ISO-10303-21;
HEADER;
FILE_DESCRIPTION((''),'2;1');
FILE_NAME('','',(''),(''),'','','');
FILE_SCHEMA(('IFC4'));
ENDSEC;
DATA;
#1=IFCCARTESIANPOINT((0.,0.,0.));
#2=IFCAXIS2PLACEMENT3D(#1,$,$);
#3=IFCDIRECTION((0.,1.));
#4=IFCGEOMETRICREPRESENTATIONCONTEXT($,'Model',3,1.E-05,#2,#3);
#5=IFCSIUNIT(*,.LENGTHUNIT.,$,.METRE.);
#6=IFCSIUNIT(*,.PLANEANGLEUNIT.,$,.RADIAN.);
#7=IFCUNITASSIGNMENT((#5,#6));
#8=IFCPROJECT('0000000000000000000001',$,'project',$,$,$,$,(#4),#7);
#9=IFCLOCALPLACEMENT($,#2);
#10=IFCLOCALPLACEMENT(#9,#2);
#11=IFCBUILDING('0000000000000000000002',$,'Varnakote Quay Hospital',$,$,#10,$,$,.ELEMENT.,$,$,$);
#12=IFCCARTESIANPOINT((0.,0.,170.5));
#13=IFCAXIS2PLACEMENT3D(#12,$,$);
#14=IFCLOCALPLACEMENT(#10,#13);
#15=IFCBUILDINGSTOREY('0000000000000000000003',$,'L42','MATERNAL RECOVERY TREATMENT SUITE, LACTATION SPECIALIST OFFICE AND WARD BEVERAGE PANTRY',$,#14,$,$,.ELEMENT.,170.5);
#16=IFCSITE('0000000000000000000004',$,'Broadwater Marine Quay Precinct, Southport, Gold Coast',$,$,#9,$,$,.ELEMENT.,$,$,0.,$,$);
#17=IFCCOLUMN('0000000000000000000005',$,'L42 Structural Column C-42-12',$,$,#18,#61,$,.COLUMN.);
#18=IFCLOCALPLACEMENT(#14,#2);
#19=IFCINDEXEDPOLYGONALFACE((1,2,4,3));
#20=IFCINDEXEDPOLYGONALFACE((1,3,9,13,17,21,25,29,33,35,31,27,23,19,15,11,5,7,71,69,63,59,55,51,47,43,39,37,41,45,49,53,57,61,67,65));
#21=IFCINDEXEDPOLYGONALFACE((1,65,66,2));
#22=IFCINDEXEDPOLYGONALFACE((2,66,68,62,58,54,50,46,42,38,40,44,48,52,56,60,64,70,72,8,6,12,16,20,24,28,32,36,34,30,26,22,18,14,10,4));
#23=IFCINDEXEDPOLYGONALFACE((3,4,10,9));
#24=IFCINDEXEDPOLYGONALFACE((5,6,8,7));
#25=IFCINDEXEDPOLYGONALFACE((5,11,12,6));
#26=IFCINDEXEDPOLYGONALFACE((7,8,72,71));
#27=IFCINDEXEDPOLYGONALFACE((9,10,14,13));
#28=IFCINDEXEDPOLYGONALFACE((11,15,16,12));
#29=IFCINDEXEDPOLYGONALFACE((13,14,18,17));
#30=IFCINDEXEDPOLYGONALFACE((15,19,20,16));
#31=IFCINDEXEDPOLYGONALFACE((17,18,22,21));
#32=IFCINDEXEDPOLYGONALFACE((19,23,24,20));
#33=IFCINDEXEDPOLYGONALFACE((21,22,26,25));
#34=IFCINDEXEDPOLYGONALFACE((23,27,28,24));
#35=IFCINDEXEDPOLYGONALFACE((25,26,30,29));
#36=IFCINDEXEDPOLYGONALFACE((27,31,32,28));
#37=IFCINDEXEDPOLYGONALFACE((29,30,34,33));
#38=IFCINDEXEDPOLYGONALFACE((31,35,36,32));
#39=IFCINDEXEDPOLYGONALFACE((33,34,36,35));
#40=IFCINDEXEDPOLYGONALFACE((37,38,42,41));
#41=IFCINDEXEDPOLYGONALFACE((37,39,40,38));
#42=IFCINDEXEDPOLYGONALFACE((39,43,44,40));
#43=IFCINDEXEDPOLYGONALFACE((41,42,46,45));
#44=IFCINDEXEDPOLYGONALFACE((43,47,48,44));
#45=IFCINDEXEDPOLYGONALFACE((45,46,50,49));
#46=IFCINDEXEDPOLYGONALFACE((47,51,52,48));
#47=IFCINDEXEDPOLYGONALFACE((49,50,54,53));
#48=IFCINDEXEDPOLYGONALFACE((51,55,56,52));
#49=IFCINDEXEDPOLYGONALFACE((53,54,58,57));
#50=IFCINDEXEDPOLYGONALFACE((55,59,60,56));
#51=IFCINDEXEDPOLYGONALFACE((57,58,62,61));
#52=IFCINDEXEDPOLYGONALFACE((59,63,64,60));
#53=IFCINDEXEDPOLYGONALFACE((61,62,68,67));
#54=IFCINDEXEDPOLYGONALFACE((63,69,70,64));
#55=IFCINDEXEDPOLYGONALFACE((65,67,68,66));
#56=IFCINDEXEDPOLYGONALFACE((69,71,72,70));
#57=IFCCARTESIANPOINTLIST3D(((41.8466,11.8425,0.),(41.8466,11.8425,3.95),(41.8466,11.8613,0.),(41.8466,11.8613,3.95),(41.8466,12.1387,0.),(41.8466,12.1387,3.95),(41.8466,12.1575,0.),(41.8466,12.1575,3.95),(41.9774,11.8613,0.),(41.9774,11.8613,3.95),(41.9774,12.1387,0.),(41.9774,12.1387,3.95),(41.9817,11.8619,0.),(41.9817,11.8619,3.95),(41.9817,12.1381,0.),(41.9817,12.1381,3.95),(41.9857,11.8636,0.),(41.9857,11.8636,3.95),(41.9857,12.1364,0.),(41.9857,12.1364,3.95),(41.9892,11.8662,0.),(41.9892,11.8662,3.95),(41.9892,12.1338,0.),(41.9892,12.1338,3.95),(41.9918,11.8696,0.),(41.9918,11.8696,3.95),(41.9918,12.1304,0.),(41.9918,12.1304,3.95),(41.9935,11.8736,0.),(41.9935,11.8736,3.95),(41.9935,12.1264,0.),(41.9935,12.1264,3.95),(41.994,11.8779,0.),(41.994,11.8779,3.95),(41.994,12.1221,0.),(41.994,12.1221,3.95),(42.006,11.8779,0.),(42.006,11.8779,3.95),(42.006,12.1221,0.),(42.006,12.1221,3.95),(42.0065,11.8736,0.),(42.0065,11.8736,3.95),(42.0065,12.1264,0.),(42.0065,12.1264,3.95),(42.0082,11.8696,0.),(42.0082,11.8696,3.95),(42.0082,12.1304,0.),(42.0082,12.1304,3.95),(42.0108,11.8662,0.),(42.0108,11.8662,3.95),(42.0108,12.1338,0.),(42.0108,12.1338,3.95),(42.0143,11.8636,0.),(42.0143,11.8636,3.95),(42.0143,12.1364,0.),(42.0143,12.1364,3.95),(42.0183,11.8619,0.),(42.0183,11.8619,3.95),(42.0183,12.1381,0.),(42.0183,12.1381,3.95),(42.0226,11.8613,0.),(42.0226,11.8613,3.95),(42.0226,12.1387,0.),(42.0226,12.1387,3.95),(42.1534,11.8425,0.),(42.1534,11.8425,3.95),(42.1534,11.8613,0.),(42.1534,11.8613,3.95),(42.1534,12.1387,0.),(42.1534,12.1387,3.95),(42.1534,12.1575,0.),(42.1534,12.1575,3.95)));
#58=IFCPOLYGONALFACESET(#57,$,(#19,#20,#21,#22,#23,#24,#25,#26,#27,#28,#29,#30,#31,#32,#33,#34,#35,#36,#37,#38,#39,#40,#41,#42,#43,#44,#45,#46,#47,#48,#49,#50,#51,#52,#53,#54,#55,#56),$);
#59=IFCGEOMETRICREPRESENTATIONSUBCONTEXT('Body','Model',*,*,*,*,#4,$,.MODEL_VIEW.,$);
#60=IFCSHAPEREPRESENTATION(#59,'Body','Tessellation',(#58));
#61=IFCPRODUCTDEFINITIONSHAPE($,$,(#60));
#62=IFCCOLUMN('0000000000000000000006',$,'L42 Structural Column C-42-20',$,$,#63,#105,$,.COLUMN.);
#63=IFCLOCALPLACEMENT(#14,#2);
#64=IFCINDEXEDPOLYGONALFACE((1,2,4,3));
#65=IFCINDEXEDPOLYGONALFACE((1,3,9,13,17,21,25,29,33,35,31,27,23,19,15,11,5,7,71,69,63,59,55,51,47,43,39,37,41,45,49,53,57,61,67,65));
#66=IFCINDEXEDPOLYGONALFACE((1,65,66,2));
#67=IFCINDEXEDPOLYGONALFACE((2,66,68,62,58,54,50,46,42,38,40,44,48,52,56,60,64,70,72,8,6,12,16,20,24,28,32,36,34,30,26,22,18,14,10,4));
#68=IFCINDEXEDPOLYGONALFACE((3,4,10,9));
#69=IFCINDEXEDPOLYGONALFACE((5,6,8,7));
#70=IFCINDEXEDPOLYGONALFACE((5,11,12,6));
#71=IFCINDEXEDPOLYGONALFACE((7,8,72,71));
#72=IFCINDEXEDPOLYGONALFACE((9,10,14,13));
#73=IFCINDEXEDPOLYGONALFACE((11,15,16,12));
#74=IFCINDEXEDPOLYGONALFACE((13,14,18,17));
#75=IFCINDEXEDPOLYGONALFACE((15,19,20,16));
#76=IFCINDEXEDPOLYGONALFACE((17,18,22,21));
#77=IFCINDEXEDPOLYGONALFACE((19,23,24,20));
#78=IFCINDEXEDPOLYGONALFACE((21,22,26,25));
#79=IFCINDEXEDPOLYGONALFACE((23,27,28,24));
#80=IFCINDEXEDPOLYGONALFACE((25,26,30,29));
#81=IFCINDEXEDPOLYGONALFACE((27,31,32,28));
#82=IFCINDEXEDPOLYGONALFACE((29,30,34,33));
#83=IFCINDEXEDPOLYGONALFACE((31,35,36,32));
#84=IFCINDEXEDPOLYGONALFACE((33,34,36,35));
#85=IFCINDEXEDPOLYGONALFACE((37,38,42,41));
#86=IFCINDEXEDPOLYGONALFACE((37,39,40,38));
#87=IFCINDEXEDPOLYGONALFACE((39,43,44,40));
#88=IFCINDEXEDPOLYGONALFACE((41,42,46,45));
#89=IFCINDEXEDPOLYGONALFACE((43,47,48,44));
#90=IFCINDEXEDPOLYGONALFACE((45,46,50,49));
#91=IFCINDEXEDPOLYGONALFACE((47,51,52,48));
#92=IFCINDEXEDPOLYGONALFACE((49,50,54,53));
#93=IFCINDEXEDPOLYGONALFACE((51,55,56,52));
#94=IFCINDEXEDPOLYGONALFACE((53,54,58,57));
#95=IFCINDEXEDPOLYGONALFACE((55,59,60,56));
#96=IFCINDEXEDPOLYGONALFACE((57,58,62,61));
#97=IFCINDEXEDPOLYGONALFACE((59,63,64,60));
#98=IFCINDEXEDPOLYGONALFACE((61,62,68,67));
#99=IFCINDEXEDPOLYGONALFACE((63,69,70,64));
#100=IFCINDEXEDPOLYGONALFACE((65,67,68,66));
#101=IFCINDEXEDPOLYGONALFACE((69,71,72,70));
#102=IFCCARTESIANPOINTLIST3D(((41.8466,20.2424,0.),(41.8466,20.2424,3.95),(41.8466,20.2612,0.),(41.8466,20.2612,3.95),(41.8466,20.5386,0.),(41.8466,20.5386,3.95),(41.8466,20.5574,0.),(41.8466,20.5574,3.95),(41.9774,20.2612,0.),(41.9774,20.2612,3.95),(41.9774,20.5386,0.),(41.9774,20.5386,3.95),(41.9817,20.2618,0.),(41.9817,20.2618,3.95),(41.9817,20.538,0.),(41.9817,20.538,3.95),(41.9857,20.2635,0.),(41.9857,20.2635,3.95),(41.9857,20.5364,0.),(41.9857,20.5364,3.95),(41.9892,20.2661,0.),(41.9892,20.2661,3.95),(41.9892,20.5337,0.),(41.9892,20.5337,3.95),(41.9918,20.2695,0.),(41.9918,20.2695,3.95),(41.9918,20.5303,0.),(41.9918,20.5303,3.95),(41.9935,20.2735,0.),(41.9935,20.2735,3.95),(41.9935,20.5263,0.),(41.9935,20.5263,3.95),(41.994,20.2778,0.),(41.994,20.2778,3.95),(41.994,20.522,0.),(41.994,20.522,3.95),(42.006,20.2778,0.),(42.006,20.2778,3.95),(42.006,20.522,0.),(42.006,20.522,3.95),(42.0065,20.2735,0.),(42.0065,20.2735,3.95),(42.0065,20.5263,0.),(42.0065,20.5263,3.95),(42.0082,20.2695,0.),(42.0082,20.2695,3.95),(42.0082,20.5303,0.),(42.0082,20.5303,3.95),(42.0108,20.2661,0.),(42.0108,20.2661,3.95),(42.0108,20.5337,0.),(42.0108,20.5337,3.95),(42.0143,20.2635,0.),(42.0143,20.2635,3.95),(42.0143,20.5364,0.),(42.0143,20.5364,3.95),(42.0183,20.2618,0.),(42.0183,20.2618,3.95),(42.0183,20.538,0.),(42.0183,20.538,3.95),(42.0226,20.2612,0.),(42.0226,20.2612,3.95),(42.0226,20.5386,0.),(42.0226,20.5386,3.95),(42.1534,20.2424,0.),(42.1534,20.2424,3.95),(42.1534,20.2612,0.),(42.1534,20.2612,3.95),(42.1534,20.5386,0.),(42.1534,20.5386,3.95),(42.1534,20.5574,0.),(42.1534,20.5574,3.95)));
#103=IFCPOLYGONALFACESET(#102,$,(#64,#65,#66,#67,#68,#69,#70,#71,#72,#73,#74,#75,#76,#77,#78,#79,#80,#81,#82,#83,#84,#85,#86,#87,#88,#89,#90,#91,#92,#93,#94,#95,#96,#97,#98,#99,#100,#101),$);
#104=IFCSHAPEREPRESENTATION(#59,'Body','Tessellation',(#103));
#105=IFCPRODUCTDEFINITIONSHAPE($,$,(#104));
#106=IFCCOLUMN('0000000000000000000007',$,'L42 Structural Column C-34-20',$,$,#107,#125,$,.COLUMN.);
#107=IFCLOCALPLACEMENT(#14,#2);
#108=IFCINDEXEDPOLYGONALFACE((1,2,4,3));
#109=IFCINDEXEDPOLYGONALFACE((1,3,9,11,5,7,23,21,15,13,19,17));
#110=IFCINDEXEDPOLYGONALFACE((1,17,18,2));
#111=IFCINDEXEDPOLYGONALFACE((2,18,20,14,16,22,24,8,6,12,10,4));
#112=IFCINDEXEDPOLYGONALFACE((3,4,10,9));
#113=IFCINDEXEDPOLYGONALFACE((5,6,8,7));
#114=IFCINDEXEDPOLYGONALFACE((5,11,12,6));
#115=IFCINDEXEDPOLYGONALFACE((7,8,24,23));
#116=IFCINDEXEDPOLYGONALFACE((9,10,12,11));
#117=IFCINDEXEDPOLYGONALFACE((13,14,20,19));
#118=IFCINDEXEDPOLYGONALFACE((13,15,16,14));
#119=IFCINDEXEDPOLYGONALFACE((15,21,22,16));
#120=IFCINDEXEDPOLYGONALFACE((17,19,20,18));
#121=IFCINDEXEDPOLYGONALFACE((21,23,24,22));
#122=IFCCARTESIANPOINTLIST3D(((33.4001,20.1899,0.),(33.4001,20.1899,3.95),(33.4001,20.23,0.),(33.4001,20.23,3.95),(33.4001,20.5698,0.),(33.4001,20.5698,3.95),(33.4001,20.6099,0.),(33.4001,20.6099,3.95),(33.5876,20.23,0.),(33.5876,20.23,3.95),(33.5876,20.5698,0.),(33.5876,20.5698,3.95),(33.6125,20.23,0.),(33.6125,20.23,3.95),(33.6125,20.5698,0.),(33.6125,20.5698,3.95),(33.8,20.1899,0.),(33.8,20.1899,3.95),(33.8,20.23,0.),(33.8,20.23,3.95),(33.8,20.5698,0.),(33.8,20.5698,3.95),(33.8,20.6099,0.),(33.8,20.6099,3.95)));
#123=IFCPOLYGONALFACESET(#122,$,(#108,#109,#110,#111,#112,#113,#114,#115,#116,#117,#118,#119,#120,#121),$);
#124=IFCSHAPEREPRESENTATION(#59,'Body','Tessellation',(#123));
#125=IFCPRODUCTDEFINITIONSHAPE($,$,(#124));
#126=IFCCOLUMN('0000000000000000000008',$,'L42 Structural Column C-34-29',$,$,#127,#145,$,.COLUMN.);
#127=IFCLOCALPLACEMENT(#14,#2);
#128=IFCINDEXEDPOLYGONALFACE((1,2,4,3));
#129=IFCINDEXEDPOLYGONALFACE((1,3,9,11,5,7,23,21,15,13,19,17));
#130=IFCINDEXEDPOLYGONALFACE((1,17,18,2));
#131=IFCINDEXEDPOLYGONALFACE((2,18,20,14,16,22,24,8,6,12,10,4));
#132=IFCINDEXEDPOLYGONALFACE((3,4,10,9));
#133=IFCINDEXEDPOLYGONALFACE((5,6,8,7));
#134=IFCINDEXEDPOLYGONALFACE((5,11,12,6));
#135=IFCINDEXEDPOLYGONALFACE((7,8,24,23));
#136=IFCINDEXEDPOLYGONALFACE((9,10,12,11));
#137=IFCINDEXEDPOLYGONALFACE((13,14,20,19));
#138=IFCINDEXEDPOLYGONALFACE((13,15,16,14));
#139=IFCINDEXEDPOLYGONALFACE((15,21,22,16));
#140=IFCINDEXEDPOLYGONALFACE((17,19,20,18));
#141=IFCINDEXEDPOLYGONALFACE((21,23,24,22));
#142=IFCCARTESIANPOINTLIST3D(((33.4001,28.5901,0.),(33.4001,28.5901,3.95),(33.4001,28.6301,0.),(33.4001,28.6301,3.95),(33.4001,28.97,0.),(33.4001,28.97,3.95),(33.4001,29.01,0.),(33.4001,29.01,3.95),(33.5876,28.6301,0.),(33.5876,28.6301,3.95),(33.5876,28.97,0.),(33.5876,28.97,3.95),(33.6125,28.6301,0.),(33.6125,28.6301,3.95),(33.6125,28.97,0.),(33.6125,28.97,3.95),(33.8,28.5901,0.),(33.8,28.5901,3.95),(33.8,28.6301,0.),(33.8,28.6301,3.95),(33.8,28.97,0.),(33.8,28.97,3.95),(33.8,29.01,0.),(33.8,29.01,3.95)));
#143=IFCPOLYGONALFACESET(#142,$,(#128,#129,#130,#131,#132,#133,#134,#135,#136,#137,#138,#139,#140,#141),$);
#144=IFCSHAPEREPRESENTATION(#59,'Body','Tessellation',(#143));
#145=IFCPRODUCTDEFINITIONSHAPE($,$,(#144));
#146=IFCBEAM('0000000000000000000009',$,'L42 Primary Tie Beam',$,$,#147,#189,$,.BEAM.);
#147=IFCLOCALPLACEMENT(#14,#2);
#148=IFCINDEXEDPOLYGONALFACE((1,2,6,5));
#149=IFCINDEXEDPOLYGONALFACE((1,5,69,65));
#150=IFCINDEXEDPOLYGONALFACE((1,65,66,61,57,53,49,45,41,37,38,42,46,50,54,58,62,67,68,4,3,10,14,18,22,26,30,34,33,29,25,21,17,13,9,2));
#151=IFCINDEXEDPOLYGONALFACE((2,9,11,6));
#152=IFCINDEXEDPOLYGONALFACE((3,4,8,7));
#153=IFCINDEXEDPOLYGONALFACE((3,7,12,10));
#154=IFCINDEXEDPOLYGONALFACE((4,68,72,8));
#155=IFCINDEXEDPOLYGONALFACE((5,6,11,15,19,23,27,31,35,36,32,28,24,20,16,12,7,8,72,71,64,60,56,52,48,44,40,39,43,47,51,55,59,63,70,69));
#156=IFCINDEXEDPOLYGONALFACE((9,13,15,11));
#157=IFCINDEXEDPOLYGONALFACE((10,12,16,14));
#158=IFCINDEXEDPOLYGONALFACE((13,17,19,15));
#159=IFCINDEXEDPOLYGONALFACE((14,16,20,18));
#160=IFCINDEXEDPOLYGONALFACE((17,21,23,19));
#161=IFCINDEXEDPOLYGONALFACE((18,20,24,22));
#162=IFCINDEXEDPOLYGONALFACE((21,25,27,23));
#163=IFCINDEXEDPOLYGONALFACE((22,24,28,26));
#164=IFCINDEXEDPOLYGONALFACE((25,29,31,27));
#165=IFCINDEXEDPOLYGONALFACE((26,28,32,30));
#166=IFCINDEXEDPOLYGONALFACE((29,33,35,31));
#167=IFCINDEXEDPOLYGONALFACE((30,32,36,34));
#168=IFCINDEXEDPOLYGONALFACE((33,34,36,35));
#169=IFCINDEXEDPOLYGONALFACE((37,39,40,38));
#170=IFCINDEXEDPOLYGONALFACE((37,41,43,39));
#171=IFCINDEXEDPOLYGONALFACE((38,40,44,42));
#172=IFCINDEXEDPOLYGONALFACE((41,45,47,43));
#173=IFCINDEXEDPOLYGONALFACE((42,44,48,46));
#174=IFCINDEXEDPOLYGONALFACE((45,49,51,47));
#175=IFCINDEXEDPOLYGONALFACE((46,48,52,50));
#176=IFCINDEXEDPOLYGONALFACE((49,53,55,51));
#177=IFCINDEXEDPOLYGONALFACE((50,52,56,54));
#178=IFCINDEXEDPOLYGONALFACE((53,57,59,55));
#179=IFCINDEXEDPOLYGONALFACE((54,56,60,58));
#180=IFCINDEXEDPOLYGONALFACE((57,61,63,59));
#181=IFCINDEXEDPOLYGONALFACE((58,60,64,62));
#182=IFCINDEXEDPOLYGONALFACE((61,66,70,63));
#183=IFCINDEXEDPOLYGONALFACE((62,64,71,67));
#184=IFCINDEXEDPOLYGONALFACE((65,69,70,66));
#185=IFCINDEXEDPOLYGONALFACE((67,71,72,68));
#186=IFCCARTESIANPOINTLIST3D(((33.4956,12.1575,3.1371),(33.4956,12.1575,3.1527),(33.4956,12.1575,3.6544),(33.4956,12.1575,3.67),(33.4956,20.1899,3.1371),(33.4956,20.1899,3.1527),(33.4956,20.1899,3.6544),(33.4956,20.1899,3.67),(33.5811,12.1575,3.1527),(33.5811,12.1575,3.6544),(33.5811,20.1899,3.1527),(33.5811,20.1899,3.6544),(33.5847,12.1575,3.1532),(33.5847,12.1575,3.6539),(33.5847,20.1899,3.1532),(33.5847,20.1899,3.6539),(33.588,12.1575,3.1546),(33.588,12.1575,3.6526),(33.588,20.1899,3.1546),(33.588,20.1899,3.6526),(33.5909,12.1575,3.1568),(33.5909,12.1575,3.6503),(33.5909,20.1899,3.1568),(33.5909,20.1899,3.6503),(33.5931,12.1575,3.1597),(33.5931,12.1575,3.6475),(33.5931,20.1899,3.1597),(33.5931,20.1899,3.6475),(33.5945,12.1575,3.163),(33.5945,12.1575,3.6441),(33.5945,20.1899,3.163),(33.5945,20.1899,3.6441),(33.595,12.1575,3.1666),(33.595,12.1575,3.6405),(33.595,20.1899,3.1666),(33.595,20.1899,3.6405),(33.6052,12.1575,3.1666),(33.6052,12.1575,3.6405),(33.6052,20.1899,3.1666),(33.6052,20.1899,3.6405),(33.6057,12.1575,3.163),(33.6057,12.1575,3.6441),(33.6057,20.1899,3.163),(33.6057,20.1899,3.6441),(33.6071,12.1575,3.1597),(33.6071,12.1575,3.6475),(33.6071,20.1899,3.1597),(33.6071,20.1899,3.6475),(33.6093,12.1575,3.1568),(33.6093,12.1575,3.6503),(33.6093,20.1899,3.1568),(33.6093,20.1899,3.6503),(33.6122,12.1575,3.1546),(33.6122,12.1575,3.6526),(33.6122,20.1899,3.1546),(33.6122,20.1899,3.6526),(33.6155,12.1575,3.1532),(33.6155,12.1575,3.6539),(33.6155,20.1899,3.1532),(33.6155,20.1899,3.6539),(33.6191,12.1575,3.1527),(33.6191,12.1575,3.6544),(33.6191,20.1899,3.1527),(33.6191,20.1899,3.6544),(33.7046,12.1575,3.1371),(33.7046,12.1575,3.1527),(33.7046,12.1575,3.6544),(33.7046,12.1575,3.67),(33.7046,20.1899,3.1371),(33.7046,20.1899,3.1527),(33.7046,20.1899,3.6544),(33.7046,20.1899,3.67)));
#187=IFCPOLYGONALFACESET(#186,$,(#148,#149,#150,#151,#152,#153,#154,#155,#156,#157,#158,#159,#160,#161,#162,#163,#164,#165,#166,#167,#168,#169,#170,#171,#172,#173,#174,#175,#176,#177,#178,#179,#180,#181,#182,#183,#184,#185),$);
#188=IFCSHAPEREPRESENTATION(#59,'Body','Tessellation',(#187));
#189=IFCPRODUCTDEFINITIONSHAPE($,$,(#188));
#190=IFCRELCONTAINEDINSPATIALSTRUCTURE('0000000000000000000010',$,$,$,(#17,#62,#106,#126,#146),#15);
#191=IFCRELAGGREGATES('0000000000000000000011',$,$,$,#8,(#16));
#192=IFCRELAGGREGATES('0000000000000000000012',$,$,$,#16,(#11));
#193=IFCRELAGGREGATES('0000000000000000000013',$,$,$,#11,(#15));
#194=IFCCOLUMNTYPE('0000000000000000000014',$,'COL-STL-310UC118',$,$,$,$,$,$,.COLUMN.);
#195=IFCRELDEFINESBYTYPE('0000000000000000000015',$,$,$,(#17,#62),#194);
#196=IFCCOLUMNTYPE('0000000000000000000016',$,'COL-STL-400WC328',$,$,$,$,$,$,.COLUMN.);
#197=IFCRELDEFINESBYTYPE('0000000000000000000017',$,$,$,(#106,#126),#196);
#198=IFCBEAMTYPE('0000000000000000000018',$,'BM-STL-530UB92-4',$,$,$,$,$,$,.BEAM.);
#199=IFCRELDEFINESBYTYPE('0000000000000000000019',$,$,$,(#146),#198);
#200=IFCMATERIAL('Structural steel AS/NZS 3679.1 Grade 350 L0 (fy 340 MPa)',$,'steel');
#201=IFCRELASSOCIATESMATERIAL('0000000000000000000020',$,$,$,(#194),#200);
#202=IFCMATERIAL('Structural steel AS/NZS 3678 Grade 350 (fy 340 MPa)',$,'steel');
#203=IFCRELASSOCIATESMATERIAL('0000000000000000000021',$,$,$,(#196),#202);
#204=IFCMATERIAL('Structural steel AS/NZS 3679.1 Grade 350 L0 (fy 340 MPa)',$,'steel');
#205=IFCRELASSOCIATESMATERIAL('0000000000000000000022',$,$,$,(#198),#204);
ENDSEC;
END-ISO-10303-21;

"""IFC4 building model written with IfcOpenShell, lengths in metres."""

from ifc_helpers import new_model, si_unit, direction, frame, origin, origin_2d, place, context, subcontext, project, spatial, i_section, extrude, material, material_profile, profile_set, type_object, element, save


model = new_model("IFC4")

# Units and contexts
model_context = context("Model", 3, precision=1e-05, world=origin(), true_north=direction((0.0, 1.0)))
body_context = subcontext(model_context, "Body", "Model", "MODEL_VIEW")
ifc_project = project(units=[si_unit("LENGTHUNIT", "METRE"), si_unit("PLANEANGLEUNIT", "RADIAN")], contexts=[model_context])

# Site, building, storey
site_placement = place(None, origin())
site = spatial("IfcSite", under=ifc_project, at=site_placement, Name="Broadwater Marine Quay Precinct, Southport, Gold Coast", CompositionType="ELEMENT", RefElevation=0.0)
building_placement = place(site_placement, origin())
building = spatial("IfcBuilding", under=site, at=building_placement, Name="Varnakote Quay Hospital", CompositionType="ELEMENT")
storey_placement = place(building_placement, frame((0.0, 0.0, 170.5)))
storey = spatial("IfcBuildingStorey", under=building, at=storey_placement, Name="L42", Description="MATERNAL RECOVERY TREATMENT SUITE, LACTATION SPECIALIST OFFICE AND WARD BEVERAGE PANTRY", CompositionType="ELEMENT", Elevation=170.5)

# Columns
ifc_material_1 = material(Name="Structural steel AS/NZS 3679.1 Grade 350 L0 (fy 340 MPa)", Category="steel")
ifc_material_profile_1 = material_profile(ifc_material_1, i_section(OverallWidth=0.3069, OverallDepth=0.3149, WebThickness=0.012, FlangeThickness=0.0188, FilletRadius=0.0166, at=origin_2d()), Name="310UC118")
ifc_profile_set_1 = profile_set([ifc_material_profile_1], Name="Structural steel AS/NZS 3679.1 Grade 350 L0 (fy 340 MPa)")
column_type_1 = type_object("IfcColumnType", Name="COL-STL-310UC118", PredefinedType="COLUMN", material=ifc_profile_set_1)
for number, where, z_axis, x_axis, name in (
    (1, (42.0, 12.0, 0.0), (0.0, 0.0, 1.0), (1.0, 0.0, 0.0), "L42 Structural Column C-42-12"),
    (2, (42.0, 20.3999, 0.0), (0.0, 0.0, 1.0), (1.0, 0.0, 0.0), "L42 Structural Column C-42-20"),
):
    element("IfcColumn", number, at=place(storey_placement, frame(where, z_axis=z_axis, x_axis=x_axis)), inside=storey, type_object=column_type_1, Name=name, PredefinedType="COLUMN", context=body_context, shape_type="SweptSolid", body=[
        extrude(i_section(OverallWidth=0.3069, OverallDepth=0.3149, WebThickness=0.012, FlangeThickness=0.0188, FilletRadius=0.0166, at=origin_2d()), origin(), (0.0, 0.0, 1.0), 3.95),
    ])
ifc_material_2 = material(Name="Structural steel AS/NZS 3678 Grade 350 (fy 340 MPa)", Category="steel")
ifc_material_profile_2 = material_profile(ifc_material_2, i_section(OverallWidth=0.3999, OverallDepth=0.4199, WebThickness=0.0249, FlangeThickness=0.04, at=origin_2d()), Name="400WC328")
ifc_profile_set_2 = profile_set([ifc_material_profile_2], Name="Structural steel AS/NZS 3678 Grade 350 (fy 340 MPa)")
column_type_2 = type_object("IfcColumnType", Name="COL-STL-400WC328", PredefinedType="COLUMN", material=ifc_profile_set_2)
for number, where, z_axis, x_axis, name in (
    (3, (33.6001, 20.3999, 0.0), (0.0, 0.0, 1.0), (1.0, 0.0, 0.0), "L42 Structural Column C-34-20"),
    (4, (33.6001, 28.8, 0.0), (0.0, 0.0, 1.0), (1.0, 0.0, 0.0), "L42 Structural Column C-34-29"),
):
    element("IfcColumn", number, at=place(storey_placement, frame(where, z_axis=z_axis, x_axis=x_axis)), inside=storey, type_object=column_type_2, Name=name, PredefinedType="COLUMN", context=body_context, shape_type="SweptSolid", body=[
        extrude(i_section(OverallWidth=0.3999, OverallDepth=0.4199, WebThickness=0.0249, FlangeThickness=0.04, at=origin_2d()), origin(), (0.0, 0.0, 1.0), 3.95),
    ])

# Beam
ifc_material_3 = material(Name="Structural steel AS/NZS 3679.1 Grade 350 L0 (fy 340 MPa)", Category="steel")
ifc_material_profile_3 = material_profile(ifc_material_3, i_section(OverallWidth=0.209, OverallDepth=0.533, WebThickness=0.0103, FlangeThickness=0.0156, FilletRadius=0.0139, at=origin_2d()), Name="530UB92.4")
ifc_profile_set_3 = profile_set([ifc_material_profile_3], Name="Structural steel AS/NZS 3679.1 Grade 350 L0 (fy 340 MPa)")
beam_type_1 = type_object("IfcBeamType", Name="BM-STL-530UB92-4", PredefinedType="BEAM", material=ifc_profile_set_3)
beam_1_placement = place(storey_placement, frame((33.6001, 12.1575, 3.4036), z_axis=(0.0, 1.0, 0.0), x_axis=(-1.0, 0.0, 0.0)))
element("IfcBeam", 5, at=beam_1_placement, inside=storey, type_object=beam_type_1, Name="L42 Primary Tie Beam", PredefinedType="BEAM", context=body_context, shape_type="SweptSolid", body=[
    extrude(i_section(OverallWidth=0.209, OverallDepth=0.533, WebThickness=0.0103, FlangeThickness=0.0156, FilletRadius=0.0139, at=origin_2d()), origin(), (0.0, 0.0, 1.0), 8.0325),
])

save(model, "model.ifc")
